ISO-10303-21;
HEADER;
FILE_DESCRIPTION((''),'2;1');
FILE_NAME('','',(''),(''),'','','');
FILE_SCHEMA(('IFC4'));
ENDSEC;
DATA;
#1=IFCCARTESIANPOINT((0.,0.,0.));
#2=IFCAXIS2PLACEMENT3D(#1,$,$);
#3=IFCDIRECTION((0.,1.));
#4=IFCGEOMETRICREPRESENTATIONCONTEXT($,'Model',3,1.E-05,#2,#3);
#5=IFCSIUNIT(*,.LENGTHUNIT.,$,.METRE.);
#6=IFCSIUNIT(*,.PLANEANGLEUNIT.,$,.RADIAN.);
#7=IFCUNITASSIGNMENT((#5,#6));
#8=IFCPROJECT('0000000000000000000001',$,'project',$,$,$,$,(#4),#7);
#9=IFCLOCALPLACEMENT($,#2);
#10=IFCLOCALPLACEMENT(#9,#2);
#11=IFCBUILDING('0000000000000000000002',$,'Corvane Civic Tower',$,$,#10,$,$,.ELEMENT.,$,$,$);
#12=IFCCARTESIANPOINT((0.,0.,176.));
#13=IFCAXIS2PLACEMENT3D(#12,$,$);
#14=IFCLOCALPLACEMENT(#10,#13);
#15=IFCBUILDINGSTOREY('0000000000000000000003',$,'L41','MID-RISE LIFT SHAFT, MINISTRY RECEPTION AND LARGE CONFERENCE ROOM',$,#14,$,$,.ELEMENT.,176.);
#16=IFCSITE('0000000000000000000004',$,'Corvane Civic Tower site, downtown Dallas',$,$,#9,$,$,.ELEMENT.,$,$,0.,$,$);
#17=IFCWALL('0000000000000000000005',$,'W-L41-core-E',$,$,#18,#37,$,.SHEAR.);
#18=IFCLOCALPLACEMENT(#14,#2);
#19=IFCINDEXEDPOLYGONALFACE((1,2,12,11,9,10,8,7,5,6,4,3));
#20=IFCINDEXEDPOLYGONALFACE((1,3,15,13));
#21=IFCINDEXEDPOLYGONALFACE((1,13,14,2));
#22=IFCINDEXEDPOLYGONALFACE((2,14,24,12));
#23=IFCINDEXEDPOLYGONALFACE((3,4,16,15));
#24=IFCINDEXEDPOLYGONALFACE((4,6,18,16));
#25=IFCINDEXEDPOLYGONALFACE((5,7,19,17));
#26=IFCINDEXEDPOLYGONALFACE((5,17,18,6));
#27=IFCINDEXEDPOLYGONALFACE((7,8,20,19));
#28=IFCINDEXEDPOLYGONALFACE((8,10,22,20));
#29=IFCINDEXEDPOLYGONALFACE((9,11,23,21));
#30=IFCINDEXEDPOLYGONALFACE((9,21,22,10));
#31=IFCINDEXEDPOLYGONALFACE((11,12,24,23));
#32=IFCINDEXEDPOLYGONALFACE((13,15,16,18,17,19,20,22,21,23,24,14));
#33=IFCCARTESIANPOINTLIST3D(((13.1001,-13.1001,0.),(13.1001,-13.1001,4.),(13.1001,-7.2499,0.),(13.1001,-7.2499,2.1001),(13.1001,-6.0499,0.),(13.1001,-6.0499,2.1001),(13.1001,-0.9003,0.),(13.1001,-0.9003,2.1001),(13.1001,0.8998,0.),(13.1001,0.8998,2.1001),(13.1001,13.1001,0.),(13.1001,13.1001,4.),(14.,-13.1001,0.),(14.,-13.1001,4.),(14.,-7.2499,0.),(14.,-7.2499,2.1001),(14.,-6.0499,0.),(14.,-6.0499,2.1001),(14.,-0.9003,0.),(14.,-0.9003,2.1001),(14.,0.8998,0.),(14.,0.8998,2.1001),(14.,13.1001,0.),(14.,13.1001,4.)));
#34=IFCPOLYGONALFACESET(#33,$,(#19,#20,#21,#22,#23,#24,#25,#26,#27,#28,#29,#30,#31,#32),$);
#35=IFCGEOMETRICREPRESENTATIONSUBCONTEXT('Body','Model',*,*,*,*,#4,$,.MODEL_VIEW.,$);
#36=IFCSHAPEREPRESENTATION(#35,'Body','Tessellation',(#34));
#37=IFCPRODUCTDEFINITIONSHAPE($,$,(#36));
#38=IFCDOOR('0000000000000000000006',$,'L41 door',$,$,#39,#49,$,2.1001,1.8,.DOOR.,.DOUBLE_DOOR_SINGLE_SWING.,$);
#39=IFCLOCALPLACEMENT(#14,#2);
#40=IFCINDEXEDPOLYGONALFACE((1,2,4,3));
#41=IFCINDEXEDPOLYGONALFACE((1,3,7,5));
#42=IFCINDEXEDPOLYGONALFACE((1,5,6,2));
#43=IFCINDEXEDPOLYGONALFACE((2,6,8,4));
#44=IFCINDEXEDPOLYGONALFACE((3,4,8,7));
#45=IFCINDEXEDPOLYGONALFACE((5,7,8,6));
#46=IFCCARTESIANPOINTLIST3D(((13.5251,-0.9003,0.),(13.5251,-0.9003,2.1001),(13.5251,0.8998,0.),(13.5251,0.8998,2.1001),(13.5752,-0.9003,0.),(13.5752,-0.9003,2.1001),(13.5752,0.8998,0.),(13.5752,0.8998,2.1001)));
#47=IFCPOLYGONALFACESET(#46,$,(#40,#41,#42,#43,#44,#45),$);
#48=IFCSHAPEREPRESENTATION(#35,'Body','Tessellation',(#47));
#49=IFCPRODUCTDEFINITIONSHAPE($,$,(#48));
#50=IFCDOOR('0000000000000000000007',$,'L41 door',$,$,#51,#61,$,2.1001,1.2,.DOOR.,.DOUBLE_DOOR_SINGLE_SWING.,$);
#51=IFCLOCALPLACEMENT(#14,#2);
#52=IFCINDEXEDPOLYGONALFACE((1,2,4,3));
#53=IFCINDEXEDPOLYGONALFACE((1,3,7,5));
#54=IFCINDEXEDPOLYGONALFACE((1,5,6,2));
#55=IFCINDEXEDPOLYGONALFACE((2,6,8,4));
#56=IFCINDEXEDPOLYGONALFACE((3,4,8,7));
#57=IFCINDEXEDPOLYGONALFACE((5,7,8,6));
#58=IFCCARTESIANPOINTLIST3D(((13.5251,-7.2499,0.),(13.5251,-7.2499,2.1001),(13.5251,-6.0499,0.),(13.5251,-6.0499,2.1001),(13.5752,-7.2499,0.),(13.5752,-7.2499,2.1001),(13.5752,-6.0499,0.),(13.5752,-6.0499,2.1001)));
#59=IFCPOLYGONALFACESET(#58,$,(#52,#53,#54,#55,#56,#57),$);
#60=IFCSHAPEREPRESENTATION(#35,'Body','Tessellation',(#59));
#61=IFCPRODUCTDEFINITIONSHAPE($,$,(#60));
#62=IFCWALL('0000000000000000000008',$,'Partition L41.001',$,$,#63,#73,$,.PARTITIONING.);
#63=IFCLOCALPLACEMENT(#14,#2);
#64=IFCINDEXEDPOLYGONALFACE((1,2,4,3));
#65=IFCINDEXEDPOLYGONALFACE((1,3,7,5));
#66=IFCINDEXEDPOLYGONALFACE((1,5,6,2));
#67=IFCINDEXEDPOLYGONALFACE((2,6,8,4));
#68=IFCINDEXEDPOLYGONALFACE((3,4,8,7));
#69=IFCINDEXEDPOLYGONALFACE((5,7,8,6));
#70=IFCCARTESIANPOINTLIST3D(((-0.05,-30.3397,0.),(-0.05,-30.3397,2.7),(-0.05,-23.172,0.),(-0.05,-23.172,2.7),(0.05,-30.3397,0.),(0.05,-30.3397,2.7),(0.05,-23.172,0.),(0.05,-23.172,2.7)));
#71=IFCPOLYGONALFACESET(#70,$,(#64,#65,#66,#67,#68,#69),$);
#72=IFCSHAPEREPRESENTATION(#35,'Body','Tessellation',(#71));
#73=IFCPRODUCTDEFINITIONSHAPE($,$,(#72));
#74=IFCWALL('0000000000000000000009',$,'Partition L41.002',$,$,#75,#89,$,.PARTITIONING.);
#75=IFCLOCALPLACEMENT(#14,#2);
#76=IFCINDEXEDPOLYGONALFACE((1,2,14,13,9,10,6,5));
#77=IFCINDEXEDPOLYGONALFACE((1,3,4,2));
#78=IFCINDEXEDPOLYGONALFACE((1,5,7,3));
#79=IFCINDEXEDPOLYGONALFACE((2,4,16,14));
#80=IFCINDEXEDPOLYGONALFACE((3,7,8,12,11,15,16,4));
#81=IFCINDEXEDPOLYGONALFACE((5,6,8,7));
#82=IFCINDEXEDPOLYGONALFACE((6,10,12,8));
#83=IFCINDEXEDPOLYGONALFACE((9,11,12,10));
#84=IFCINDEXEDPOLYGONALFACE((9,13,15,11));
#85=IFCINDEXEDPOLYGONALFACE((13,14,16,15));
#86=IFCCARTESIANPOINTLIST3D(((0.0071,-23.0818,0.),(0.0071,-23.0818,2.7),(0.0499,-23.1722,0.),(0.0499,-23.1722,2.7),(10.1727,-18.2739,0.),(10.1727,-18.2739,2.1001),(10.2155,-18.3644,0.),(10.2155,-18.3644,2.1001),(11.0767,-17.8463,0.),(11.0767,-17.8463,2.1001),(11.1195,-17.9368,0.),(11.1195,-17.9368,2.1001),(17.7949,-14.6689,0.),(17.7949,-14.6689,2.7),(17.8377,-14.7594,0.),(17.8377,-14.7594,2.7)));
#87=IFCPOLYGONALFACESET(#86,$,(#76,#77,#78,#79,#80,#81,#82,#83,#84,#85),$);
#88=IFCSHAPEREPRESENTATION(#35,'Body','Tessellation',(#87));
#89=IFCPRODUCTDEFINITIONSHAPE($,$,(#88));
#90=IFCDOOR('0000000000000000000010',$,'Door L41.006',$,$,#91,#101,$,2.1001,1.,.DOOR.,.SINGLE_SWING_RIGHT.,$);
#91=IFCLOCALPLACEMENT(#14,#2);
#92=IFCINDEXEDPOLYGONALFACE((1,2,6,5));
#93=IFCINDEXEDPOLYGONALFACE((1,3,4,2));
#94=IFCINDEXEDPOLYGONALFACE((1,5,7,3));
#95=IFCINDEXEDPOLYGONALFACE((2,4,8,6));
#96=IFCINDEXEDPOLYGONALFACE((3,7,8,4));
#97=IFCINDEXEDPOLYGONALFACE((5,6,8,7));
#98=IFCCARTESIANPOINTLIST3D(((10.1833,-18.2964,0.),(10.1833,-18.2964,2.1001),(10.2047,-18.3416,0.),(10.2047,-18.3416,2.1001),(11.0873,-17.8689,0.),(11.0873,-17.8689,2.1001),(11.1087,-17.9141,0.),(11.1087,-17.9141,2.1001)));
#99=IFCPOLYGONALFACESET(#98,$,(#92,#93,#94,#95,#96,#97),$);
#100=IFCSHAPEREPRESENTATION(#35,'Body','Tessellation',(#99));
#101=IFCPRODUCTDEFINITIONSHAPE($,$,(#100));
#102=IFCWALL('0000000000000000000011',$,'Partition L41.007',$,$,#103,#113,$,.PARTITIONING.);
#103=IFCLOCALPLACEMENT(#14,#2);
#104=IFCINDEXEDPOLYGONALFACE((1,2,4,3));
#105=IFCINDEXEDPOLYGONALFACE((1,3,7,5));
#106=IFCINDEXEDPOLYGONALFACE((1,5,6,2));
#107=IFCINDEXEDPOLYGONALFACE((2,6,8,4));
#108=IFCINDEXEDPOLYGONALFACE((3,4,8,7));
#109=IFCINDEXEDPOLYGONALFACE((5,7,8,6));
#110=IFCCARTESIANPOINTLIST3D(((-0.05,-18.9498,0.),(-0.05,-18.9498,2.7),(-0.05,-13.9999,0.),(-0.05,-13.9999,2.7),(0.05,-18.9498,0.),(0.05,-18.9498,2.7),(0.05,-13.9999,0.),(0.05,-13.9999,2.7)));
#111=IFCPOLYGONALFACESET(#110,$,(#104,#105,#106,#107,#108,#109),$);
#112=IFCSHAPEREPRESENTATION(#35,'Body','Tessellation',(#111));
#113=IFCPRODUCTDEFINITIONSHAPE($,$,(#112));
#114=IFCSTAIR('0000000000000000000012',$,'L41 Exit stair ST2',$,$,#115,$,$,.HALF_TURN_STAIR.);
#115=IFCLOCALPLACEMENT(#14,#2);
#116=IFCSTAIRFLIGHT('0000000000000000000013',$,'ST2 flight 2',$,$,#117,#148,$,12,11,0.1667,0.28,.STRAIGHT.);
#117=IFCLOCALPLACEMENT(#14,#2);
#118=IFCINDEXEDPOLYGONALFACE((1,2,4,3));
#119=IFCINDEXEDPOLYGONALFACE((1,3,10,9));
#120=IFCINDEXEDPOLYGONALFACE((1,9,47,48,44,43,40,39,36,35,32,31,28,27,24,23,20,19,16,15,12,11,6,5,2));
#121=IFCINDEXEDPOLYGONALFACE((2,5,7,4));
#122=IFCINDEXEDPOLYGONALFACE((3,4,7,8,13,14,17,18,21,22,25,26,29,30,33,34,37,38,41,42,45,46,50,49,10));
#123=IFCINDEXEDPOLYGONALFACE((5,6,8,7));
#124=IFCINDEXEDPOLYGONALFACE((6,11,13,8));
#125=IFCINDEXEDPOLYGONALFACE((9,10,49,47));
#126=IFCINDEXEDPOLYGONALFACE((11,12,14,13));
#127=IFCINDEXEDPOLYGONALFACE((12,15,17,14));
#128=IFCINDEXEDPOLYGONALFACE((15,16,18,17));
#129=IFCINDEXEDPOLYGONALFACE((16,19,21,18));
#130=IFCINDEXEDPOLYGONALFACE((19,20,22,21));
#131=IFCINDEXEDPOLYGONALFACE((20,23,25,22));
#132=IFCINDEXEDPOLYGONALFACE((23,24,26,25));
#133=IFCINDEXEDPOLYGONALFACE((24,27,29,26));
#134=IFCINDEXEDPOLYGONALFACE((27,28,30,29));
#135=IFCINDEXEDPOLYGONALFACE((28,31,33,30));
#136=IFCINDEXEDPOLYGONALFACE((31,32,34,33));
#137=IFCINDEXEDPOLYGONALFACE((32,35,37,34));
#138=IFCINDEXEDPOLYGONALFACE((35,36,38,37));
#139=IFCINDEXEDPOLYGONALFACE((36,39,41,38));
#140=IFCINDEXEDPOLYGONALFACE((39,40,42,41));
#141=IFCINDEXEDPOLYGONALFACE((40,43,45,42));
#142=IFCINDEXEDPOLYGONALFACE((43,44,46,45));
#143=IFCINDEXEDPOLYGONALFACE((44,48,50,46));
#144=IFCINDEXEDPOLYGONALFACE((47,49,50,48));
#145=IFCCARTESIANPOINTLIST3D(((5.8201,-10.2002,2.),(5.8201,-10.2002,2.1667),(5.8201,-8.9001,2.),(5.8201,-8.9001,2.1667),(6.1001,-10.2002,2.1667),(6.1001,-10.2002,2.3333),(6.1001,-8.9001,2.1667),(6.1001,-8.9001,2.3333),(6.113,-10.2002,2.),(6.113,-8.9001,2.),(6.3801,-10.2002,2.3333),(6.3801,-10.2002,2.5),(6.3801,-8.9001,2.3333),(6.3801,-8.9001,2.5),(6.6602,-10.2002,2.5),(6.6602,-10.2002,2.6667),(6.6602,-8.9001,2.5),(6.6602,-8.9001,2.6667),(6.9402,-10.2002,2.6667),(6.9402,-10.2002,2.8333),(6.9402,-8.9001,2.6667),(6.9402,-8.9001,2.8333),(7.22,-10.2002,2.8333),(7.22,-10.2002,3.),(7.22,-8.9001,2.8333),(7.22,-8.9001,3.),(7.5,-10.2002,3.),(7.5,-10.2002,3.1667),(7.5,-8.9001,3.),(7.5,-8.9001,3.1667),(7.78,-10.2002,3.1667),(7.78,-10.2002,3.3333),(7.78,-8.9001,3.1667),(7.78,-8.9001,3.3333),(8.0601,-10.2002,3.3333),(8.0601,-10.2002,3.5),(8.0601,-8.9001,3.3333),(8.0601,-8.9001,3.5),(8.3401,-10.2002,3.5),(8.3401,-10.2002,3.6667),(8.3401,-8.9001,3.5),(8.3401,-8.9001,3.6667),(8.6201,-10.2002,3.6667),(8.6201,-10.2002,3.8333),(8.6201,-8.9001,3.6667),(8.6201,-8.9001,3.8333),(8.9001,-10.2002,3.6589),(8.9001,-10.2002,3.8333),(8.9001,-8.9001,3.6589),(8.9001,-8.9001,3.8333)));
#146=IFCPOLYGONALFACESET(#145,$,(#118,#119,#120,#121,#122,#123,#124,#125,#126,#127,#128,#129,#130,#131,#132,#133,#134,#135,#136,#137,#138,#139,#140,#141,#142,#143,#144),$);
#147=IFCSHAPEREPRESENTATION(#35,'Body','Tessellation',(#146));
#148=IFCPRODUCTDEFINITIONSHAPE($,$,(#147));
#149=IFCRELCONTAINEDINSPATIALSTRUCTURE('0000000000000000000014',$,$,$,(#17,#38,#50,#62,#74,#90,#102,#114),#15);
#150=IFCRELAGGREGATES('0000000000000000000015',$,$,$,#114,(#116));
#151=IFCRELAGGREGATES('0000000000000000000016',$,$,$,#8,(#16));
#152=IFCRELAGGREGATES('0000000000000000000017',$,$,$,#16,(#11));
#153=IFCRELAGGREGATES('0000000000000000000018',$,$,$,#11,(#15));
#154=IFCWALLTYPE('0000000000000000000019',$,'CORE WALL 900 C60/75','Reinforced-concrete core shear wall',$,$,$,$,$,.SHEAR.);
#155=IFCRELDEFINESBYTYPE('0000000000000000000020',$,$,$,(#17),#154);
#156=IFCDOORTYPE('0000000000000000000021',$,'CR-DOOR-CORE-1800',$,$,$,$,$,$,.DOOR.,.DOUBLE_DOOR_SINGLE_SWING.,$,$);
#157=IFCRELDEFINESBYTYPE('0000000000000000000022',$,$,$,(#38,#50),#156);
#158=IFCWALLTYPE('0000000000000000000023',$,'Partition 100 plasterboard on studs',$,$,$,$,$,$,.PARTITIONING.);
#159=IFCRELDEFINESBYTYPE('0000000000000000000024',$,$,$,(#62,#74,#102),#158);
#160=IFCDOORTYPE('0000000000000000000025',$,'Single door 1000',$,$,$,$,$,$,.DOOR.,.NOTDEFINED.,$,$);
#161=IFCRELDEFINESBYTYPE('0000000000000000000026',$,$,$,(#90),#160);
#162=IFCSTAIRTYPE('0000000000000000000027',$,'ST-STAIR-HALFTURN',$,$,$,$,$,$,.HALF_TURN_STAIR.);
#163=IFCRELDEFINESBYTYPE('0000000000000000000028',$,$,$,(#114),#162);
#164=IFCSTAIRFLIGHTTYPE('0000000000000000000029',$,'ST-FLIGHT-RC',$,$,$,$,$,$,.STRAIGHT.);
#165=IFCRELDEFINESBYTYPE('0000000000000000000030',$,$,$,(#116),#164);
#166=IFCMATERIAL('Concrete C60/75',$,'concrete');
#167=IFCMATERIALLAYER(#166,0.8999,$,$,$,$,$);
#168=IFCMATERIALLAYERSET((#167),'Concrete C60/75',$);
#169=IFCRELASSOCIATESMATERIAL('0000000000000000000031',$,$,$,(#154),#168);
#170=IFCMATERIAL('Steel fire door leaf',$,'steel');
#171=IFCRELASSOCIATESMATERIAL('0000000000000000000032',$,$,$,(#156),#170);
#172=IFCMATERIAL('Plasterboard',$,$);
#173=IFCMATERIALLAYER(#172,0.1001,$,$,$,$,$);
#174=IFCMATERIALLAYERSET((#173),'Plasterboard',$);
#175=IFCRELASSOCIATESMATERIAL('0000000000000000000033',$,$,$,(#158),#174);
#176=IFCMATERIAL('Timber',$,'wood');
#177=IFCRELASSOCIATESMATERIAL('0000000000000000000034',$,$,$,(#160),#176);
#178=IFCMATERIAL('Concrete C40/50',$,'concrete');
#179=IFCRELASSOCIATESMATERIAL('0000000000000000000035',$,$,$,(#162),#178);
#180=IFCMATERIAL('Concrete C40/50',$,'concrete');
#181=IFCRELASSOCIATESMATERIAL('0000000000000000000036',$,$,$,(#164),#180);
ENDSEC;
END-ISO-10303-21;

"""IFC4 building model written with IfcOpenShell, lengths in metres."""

from ifc_helpers import new_model, si_unit, direction, frame, frame_2d, origin, place, context, subcontext, project, spatial, polyline, rectangle, outline, extrude, material, layer, layer_set, type_object, element, fill, aggregate, save


model = new_model("IFC4")

# Units and contexts
model_context = context("Model", 3, precision=1e-05, world=origin(), true_north=direction((0.0, 1.0)))
body_context = subcontext(model_context, "Body", "Model", "MODEL_VIEW")
ifc_project = project(units=[si_unit("LENGTHUNIT", "METRE"), si_unit("PLANEANGLEUNIT", "RADIAN")], contexts=[model_context])

# Site, building, storey
site_placement = place(None, origin())
site = spatial("IfcSite", under=ifc_project, at=site_placement, Name="Corvane Civic Tower site, downtown Dallas", CompositionType="ELEMENT", RefElevation=0.0)
building_placement = place(site_placement, origin())
building = spatial("IfcBuilding", under=site, at=building_placement, Name="Corvane Civic Tower", CompositionType="ELEMENT")
storey_placement = place(building_placement, frame((0.0, 0.0, 176.0)))
storey = spatial("IfcBuildingStorey", under=building, at=storey_placement, Name="L41", Description="MID-RISE LIFT SHAFT, MINISTRY RECEPTION AND LARGE CONFERENCE ROOM", CompositionType="ELEMENT", Elevation=176.0)

# Wall, openings, doors
ifc_material_1 = material(Name="Concrete C60/75", Category="concrete")
ifc_layer_1 = layer(ifc_material_1, 0.8999)
ifc_layer_set_1 = layer_set([ifc_layer_1], Name="Concrete C60/75")
wall_type_1 = type_object("IfcWallType", Name="CORE WALL 900 C60/75", Description="Reinforced-concrete core shear wall", PredefinedType="SHEAR", material=ifc_layer_set_1)
wall_1_placement = place(storey_placement, frame((13.55, -13.1001, 0.0), z_axis=(0.0, 0.0, 1.0), x_axis=(0.0, 1.0, 0.0)))
wall_1 = element("IfcWall", 1, at=wall_1_placement, inside=storey, type_object=wall_type_1, Name="W-L41-core-E", PredefinedType="SHEAR", context=body_context, shape_type="SweptSolid", body=[
    extrude(rectangle(XDim=26.2002, YDim=0.8999, at=frame_2d((13.1001, 0.0))), origin(), (0.0, 0.0, 1.0), 4.0),
])
opening_1_placement = place(wall_1_placement, frame((12.2, 0.0, 0.0)))
opening_1 = element("IfcOpeningElement", 2, at=opening_1_placement, cuts=wall_1, PredefinedType="OPENING", context=body_context, shape_type="SweptSolid", body=[
    extrude(rectangle(XDim=1.8, YDim=2.1001, at=frame_2d((0.8999, 1.05))), frame((0.0, 0.46, 0.0), z_axis=(0.0, -1.0, 0.0), x_axis=(1.0, 0.0, 0.0)), (0.0, 0.0, 1.0), 0.9199),
])
opening_2_placement = place(wall_1_placement, frame((5.8501, 0.0, 0.0)))
opening_2 = element("IfcOpeningElement", 3, at=opening_2_placement, cuts=wall_1, PredefinedType="OPENING", context=body_context, shape_type="SweptSolid", body=[
    extrude(rectangle(XDim=1.2, YDim=2.1001, at=frame_2d((0.6001, 1.05))), frame((0.0, 0.46, 0.0), z_axis=(0.0, -1.0, 0.0), x_axis=(1.0, 0.0, 0.0)), (0.0, 0.0, 1.0), 0.9199),
])
ifc_material_2 = material(Name="Steel fire door leaf", Category="steel")
door_type_1 = type_object("IfcDoorType", Name="CR-DOOR-CORE-1800", OperationType="DOUBLE_DOOR_SINGLE_SWING", PredefinedType="DOOR", material=ifc_material_2)
door_1_placement = place(opening_1_placement, origin())
door_1 = element("IfcDoor", 4, at=door_1_placement, inside=storey, type_object=door_type_1, Name="L41 door", OperationType="DOUBLE_DOOR_SINGLE_SWING", OverallHeight=2.1001, OverallWidth=1.8, PredefinedType="DOOR", context=body_context, shape_type="SweptSolid", body=[
    extrude(rectangle(XDim=1.8, YDim=2.1001, at=frame_2d((0.8999, 1.05))), frame((0.0, 0.0249, 0.0), z_axis=(0.0, -1.0, 0.0), x_axis=(1.0, 0.0, 0.0)), (0.0, 0.0, 1.0), 0.05),
])
fill(opening_1, door_1)
door_2_placement = place(opening_2_placement, origin())
door_2 = element("IfcDoor", 5, at=door_2_placement, inside=storey, type_object=door_type_1, Name="L41 door", OperationType="DOUBLE_DOOR_SINGLE_SWING", OverallHeight=2.1001, OverallWidth=1.2, PredefinedType="DOOR", context=body_context, shape_type="SweptSolid", body=[
    extrude(rectangle(XDim=1.2, YDim=2.1001, at=frame_2d((0.6001, 1.05))), frame((0.0, 0.0249, 0.0), z_axis=(0.0, -1.0, 0.0), x_axis=(1.0, 0.0, 0.0)), (0.0, 0.0, 1.0), 0.05),
])
fill(opening_2, door_2)

# Wall
ifc_material_3 = material(Name="Plasterboard")
ifc_layer_2 = layer(ifc_material_3, 0.1001)
ifc_layer_set_2 = layer_set([ifc_layer_2], Name="Plasterboard")
wall_type_2 = type_object("IfcWallType", Name="Partition 100 plasterboard on studs", PredefinedType="PARTITIONING", material=ifc_layer_set_2)
wall_2_placement = place(storey_placement, frame((0.0, -30.3398, 0.0), z_axis=(0.0, 0.0, 1.0), x_axis=(0.0, 1.0, 0.0)))
element("IfcWall", 6, at=wall_2_placement, inside=storey, type_object=wall_type_2, Name="Partition L41.001", PredefinedType="PARTITIONING", context=body_context, shape_type="SweptSolid", body=[
    extrude(rectangle(XDim=7.1677, YDim=0.1001, at=frame_2d((3.584, 0.0))), origin(), (0.0, 0.0, 1.0), 2.7),
])

# Wall, opening, door
wall_3_placement = place(storey_placement, frame((0.0286, -23.127, 0.0), z_axis=(0.0, 0.0, 1.0), x_axis=(0.903993, 0.427548, 0.0)))
wall_3 = element("IfcWall", 7, at=wall_3_placement, inside=storey, type_object=wall_type_2, Name="Partition L41.002", PredefinedType="PARTITIONING", context=body_context, shape_type="SweptSolid", body=[
    extrude(rectangle(XDim=19.677, YDim=0.1001, at=frame_2d((9.8384, 0.0))), origin(), (0.0, 0.0, 1.0), 2.7),
])
opening_3_placement = place(wall_3_placement, frame((11.2451, 0.0, 0.0)))
opening_3 = element("IfcOpeningElement", 8, at=opening_3_placement, cuts=wall_3, PredefinedType="OPENING", context=body_context, shape_type="SweptSolid", body=[
    extrude(rectangle(XDim=1.0, YDim=2.1001, at=frame_2d((0.5, 1.05))), frame((0.0, 0.0601, 0.0), z_axis=(0.0, -1.0, 0.0), x_axis=(1.0, 0.0, 0.0)), (0.0, 0.0, 1.0), 0.1201),
])
ifc_material_4 = material(Name="Timber", Category="wood")
door_type_2 = type_object("IfcDoorType", Name="Single door 1000", OperationType="NOTDEFINED", PredefinedType="DOOR", material=ifc_material_4)
door_3_placement = place(opening_3_placement, frame((1.0, 0.0, 0.0), z_axis=(0.0, 0.0, 1.0), x_axis=(-1.0, 0.0, 0.0)))
door_3 = element("IfcDoor", 9, at=door_3_placement, inside=storey, type_object=door_type_2, Name="Door L41.006", OperationType="SINGLE_SWING_RIGHT", OverallHeight=2.1001, OverallWidth=1.0, PredefinedType="DOOR", context=body_context, shape_type="SweptSolid", body=[
    extrude(rectangle(XDim=1.0, YDim=2.1001, at=frame_2d((0.5, 1.05))), frame((0.0, 0.0249, 0.0), z_axis=(0.0, -1.0, 0.0), x_axis=(1.0, 0.0, 0.0)), (0.0, 0.0, 1.0), 0.05),
])
fill(opening_3, door_3)

# Wall
wall_4_placement = place(storey_placement, frame((0.0, -18.95, 0.0), z_axis=(0.0, 0.0, 1.0), x_axis=(0.0, 1.0, 0.0)))
element("IfcWall", 10, at=wall_4_placement, inside=storey, type_object=wall_type_2, Name="Partition L41.007", PredefinedType="PARTITIONING", context=body_context, shape_type="SweptSolid", body=[
    extrude(rectangle(XDim=4.95, YDim=0.1001, at=frame_2d((2.4751, 0.0))), origin(), (0.0, 0.0, 1.0), 2.7),
])

# Stair, stair flight
ifc_material_5 = material(Name="Concrete C40/50", Category="concrete")
stair_type = type_object("IfcStairType", Name="ST-STAIR-HALFTURN", PredefinedType="HALF_TURN_STAIR", material=ifc_material_5)
stair_placement = place(storey_placement, origin())
stair = element("IfcStair", 11, at=stair_placement, inside=storey, type_object=stair_type, Name="L41 Exit stair ST2", PredefinedType="HALF_TURN_STAIR")
ifc_material_6 = material(Name="Concrete C40/50", Category="concrete")
stair_flight_type = type_object("IfcStairFlightType", Name="ST-FLIGHT-RC", PredefinedType="STRAIGHT", material=ifc_material_6)
stair_flight_placement = place(storey_placement, frame((5.8201, -9.55, 2.0), z_axis=(0.0, 0.0, 1.0), x_axis=(1.0, 0.0, 0.0)))
stair_flight = element("IfcStairFlight", 12, at=stair_flight_placement, type_object=stair_flight_type, Name="ST2 flight 2", NumberOfRisers=12, NumberOfTreads=11, PredefinedType="STRAIGHT", RiserHeight=0.1667, TreadLength=0.28, context=body_context, shape_type="SweptSolid", body=[
    extrude(outline(polyline([(0.0, 0.0), (0.0, 0.1667), (0.28, 0.1667), (0.28, 0.3333), (0.5601, 0.3333), (0.5601, 0.5), (0.8401, 0.5), (0.8401, 0.6667), (1.1201, 0.6667), (1.1201, 0.8333), (1.3999, 0.8333), (1.3999, 1.0), (1.6799, 1.0), (1.6799, 1.1667), (1.96, 1.1667), (1.96, 1.3333), (2.24, 1.3333), (2.24, 1.5), (2.52, 1.5), (2.52, 1.6667), (2.8, 1.6667), (2.8, 1.8333), (3.0801, 1.8333), (3.0801, 2.0), (3.0801, 1.6589), (0.293, 0.0), (0.0, 0.0)])), frame((0.0, 0.6499, 0.0), z_axis=(0.0, -1.0, 0.0), x_axis=(1.0, 0.0, 0.0)), (0.0, 0.0, 1.0), 1.3),
])
aggregate(stair, [stair_flight])

save(model, "model.ifc")
